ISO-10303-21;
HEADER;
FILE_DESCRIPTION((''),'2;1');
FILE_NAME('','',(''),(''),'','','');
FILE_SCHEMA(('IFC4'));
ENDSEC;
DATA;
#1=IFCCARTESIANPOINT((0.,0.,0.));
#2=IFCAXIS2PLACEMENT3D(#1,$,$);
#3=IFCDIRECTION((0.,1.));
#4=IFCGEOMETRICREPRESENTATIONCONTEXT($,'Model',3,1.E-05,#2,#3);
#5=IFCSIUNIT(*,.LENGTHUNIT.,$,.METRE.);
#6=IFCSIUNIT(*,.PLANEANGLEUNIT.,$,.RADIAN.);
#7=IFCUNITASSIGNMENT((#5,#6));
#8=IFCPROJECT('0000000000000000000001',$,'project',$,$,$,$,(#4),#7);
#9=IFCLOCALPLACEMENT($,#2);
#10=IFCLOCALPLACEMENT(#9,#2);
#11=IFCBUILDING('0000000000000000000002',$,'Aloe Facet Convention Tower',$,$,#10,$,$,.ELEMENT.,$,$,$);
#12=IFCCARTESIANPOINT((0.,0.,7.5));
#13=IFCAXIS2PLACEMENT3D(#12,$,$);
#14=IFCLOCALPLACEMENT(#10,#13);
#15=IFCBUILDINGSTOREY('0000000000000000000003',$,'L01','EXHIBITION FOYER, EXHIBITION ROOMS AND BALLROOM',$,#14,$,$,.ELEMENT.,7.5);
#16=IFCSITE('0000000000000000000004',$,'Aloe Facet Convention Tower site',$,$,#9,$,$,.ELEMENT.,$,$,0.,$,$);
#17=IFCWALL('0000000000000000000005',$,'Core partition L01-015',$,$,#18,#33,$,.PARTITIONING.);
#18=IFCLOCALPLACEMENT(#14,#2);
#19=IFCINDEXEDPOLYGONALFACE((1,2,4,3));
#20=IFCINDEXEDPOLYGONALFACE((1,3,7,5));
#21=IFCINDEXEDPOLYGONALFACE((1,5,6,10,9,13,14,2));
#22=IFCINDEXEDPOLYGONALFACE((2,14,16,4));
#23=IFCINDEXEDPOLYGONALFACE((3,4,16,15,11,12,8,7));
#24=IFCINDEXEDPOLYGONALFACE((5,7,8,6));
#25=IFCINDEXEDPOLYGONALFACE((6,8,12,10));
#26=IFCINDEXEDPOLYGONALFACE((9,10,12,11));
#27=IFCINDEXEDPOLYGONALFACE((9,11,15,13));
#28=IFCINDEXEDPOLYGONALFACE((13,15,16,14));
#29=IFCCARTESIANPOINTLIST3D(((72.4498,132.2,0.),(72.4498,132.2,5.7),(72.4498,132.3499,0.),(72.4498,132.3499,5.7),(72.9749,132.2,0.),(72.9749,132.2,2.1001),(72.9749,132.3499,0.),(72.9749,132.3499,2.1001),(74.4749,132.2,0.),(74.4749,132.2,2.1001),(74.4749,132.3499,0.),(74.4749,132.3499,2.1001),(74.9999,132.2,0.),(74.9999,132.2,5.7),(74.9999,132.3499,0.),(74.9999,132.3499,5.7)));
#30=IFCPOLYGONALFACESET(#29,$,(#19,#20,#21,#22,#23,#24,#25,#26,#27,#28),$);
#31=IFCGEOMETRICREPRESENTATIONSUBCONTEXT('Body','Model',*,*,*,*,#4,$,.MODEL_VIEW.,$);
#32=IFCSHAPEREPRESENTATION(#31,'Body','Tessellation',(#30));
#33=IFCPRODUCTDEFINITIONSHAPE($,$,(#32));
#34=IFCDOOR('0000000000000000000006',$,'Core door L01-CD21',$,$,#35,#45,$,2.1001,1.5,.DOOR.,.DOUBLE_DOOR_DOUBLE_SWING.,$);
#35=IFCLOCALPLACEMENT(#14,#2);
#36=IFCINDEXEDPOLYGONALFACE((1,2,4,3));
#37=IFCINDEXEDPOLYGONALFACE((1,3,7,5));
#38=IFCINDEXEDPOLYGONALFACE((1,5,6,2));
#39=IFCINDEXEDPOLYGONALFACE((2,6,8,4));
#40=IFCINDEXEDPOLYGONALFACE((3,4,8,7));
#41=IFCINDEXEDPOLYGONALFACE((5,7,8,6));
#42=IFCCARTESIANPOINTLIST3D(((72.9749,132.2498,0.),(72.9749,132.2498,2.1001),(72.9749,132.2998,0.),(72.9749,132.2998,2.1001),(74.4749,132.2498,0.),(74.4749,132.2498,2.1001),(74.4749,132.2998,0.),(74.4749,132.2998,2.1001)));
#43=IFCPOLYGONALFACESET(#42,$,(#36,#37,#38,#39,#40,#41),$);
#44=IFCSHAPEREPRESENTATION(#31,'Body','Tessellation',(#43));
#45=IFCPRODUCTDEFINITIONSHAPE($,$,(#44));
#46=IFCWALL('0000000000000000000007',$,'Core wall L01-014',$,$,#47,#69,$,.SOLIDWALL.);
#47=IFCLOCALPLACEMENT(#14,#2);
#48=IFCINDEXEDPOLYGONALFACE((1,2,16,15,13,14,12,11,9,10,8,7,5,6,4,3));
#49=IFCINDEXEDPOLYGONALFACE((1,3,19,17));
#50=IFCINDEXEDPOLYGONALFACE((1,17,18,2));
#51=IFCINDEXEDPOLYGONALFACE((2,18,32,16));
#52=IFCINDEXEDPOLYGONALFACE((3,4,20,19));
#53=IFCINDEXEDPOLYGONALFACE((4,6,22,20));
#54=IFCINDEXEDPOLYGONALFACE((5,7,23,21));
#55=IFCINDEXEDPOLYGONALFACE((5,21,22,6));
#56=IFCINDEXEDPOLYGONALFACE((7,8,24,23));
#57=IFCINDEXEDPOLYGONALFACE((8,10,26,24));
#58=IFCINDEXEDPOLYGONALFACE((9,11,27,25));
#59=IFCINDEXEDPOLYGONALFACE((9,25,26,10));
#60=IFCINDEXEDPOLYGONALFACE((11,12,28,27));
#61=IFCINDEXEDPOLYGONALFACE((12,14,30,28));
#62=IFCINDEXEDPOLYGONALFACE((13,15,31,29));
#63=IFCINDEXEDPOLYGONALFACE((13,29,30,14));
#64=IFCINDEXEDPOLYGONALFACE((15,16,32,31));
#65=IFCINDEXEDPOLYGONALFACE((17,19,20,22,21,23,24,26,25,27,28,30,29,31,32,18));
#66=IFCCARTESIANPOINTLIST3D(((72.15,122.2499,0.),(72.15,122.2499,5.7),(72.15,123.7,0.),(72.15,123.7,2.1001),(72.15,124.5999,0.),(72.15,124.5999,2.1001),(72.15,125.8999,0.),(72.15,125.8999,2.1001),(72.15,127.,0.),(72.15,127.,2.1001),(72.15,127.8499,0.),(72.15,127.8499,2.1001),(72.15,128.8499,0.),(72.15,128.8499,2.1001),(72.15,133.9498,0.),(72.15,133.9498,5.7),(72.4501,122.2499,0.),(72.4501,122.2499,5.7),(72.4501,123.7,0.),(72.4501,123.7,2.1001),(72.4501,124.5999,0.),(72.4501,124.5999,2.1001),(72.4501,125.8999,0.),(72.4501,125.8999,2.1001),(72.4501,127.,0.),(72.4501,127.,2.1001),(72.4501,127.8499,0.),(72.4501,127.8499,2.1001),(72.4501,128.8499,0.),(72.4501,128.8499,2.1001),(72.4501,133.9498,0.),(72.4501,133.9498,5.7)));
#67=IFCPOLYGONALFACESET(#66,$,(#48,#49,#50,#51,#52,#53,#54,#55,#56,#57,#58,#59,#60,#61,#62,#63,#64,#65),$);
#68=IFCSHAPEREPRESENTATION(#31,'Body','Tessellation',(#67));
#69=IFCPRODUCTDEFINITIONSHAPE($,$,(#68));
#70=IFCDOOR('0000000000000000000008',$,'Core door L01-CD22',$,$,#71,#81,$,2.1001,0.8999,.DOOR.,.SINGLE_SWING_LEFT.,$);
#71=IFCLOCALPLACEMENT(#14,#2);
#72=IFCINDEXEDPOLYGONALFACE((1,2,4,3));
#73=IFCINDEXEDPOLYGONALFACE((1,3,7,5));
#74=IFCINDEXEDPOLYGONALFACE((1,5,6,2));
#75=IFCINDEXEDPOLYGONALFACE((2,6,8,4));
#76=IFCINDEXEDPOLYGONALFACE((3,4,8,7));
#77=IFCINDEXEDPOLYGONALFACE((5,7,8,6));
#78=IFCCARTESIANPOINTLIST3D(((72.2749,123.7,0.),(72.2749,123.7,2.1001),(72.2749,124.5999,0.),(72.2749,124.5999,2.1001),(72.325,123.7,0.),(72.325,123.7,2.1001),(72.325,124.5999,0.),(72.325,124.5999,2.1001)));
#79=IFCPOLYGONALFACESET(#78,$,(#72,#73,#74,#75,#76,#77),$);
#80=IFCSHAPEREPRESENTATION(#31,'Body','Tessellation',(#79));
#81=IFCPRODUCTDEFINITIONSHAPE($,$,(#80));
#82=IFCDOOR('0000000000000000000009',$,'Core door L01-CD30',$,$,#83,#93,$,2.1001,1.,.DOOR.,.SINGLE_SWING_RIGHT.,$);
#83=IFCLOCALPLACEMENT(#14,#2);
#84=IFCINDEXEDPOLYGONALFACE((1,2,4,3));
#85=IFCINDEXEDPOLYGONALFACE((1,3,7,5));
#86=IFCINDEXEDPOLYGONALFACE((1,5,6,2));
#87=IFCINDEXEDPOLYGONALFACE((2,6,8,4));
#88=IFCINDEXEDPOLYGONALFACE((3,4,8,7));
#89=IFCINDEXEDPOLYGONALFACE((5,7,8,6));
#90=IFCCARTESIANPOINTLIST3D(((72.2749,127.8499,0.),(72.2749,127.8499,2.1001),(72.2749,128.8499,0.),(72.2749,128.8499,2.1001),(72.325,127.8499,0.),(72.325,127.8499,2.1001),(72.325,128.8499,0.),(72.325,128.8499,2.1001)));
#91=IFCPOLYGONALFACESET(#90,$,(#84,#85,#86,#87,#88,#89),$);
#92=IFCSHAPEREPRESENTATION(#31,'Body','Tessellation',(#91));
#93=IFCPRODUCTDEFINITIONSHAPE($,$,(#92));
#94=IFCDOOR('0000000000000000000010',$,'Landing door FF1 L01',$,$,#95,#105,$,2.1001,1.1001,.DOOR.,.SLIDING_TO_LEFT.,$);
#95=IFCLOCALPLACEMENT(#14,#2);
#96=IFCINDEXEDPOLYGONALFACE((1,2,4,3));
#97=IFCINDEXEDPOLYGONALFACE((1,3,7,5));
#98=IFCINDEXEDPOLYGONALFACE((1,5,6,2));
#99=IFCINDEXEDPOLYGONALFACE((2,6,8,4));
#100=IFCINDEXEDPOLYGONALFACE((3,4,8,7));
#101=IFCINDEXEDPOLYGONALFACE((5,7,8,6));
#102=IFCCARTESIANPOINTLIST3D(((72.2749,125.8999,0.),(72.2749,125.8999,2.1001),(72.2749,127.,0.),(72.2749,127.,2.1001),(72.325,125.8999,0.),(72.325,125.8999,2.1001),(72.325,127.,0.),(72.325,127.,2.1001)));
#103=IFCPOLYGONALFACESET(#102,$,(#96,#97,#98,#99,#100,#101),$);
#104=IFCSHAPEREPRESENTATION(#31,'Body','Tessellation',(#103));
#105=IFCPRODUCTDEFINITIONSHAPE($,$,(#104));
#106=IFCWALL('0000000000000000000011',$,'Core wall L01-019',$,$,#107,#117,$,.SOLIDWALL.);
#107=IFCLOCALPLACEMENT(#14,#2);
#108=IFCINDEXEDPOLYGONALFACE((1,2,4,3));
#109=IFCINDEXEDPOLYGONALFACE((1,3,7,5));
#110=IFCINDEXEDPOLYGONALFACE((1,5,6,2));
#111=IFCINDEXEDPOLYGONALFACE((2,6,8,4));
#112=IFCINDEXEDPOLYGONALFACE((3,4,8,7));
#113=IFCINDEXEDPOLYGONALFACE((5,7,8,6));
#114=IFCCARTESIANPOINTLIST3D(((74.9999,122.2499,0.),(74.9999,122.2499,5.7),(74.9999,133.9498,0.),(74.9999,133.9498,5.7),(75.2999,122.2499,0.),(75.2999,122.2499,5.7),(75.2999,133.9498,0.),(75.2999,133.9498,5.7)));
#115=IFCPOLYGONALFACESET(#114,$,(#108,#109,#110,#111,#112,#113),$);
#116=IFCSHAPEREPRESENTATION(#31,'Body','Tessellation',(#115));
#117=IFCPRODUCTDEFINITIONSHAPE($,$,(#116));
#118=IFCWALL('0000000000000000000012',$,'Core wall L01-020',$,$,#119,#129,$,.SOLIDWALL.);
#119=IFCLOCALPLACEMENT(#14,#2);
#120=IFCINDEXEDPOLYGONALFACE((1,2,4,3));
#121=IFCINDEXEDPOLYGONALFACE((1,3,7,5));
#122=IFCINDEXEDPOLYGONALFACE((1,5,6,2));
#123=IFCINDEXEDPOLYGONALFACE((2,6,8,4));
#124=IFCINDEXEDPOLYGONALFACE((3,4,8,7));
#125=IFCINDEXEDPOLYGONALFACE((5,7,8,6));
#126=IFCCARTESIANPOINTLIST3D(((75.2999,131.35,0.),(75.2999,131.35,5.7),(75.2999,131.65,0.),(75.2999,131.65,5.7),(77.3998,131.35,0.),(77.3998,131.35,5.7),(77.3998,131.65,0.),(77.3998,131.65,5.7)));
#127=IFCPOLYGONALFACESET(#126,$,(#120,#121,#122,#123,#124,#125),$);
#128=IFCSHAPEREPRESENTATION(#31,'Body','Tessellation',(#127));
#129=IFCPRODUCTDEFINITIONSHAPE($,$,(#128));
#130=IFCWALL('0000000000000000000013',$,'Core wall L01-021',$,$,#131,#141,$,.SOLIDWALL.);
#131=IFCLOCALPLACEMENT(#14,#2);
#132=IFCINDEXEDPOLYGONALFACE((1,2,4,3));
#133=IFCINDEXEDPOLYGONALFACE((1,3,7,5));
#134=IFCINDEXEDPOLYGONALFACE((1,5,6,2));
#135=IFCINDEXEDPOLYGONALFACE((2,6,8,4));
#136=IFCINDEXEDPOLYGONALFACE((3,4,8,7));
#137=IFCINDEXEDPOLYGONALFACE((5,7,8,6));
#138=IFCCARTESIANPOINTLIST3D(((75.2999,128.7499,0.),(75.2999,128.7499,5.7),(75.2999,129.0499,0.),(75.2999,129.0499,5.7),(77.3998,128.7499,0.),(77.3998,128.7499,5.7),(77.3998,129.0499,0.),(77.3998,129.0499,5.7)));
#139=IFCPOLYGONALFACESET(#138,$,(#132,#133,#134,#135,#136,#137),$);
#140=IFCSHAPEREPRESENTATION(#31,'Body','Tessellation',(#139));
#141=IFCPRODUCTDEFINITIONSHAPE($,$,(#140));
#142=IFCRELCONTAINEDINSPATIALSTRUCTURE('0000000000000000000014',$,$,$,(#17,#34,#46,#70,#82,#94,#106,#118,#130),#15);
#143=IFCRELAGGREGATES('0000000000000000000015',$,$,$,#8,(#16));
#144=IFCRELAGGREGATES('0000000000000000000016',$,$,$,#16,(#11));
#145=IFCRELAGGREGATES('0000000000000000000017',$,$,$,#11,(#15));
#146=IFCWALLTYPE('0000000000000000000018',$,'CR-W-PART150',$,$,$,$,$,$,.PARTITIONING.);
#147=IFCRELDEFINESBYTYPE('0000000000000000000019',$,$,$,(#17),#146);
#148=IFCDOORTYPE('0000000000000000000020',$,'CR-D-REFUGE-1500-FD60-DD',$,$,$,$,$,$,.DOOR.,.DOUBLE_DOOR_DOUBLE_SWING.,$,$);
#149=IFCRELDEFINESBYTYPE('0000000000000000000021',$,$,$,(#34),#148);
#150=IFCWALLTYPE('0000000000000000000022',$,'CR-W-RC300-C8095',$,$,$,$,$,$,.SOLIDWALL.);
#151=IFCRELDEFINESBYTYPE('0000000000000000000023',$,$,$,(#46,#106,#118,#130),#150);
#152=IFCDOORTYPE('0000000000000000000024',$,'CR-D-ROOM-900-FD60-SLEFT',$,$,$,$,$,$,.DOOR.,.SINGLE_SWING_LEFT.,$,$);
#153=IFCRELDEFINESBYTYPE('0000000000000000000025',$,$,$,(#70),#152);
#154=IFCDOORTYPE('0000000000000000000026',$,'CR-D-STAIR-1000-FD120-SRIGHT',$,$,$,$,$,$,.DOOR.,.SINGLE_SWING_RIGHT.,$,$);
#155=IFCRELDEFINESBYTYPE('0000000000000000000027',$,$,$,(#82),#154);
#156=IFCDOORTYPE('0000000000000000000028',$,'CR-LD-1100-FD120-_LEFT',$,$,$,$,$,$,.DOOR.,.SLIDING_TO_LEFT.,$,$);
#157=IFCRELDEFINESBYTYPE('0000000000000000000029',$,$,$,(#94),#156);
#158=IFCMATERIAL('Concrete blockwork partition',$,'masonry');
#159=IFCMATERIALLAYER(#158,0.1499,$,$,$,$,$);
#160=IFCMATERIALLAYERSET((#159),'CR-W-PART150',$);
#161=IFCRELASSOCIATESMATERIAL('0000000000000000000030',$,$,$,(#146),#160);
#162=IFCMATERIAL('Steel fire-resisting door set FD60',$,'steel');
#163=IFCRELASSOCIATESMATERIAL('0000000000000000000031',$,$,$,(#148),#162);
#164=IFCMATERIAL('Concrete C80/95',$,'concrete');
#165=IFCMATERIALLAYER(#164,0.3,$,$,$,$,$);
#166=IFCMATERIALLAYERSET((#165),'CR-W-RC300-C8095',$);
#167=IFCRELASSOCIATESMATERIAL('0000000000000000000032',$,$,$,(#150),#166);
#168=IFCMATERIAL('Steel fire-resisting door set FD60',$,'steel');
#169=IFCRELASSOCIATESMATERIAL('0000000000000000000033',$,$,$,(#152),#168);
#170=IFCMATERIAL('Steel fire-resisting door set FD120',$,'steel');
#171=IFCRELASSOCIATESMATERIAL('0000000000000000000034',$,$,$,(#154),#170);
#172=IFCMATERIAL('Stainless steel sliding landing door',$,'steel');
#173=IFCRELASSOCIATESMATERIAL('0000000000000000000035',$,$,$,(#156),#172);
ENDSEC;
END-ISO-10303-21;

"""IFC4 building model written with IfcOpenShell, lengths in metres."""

from ifc_helpers import new_model, si_unit, direction, frame, frame_2d, origin, place, context, subcontext, project, spatial, rectangle, extrude, material, layer, layer_set, type_object, element, fill, save


model = new_model("IFC4")

# Units and contexts
model_context = context("Model", 3, precision=1e-05, world=origin(), true_north=direction((0.0, 1.0)))
body_context = subcontext(model_context, "Body", "Model", "MODEL_VIEW")
ifc_project = project(units=[si_unit("LENGTHUNIT", "METRE"), si_unit("PLANEANGLEUNIT", "RADIAN")], contexts=[model_context])

# Site, building, storey
site_placement = place(None, origin())
site = spatial("IfcSite", under=ifc_project, at=site_placement, Name="Aloe Facet Convention Tower site", CompositionType="ELEMENT", RefElevation=0.0)
building_placement = place(site_placement, origin())
building = spatial("IfcBuilding", under=site, at=building_placement, Name="Aloe Facet Convention Tower", CompositionType="ELEMENT")
storey_placement = place(building_placement, frame((0.0, 0.0, 7.5)))
storey = spatial("IfcBuildingStorey", under=building, at=storey_placement, Name="L01", Description="EXHIBITION FOYER, EXHIBITION ROOMS AND BALLROOM", CompositionType="ELEMENT", Elevation=7.5)

# Wall, opening, door
ifc_material_1 = material(Name="Concrete blockwork partition", Category="masonry")
ifc_layer_1 = layer(ifc_material_1, 0.1499)
ifc_layer_set_1 = layer_set([ifc_layer_1], Name="CR-W-PART150")
wall_type_1 = type_object("IfcWallType", Name="CR-W-PART150", PredefinedType="PARTITIONING", material=ifc_layer_set_1)
wall_1_placement = place(storey_placement, frame((72.45, 132.2749, 0.0), z_axis=(0.0, 0.0, 1.0), x_axis=(1.0, 0.0, 0.0)))
wall_1 = element("IfcWall", 1, at=wall_1_placement, inside=storey, type_object=wall_type_1, Name="Core partition L01-015", PredefinedType="PARTITIONING", context=body_context, shape_type="SweptSolid", body=[
    extrude(rectangle(XDim=2.55, YDim=0.1499, at=frame_2d((1.2749, 0.0))), origin(), (0.0, 0.0, 1.0), 5.7),
])
opening_1_placement = place(wall_1_placement, frame((0.5249, 0.0, 0.0)))
opening_1 = element("IfcOpeningElement", 2, at=opening_1_placement, cuts=wall_1, PredefinedType="OPENING", context=body_context, shape_type="SweptSolid", body=[
    extrude(rectangle(XDim=1.5, YDim=2.1001, at=frame_2d((0.75, 1.05))), frame((0.0, 0.085, 0.0), z_axis=(0.0, -1.0, 0.0), x_axis=(1.0, 0.0, 0.0)), (0.0, 0.0, 1.0), 0.1699),
])
ifc_material_2 = material(Name="Steel fire-resisting door set FD60", Category="steel")
door_type_1 = type_object("IfcDoorType", Name="CR-D-REFUGE-1500-FD60-DD", OperationType="DOUBLE_DOOR_DOUBLE_SWING", PredefinedType="DOOR", material=ifc_material_2)
door_1_placement = place(opening_1_placement, origin())
door_1 = element("IfcDoor", 3, at=door_1_placement, inside=storey, type_object=door_type_1, Name="Core door L01-CD21", OperationType="DOUBLE_DOOR_DOUBLE_SWING", OverallHeight=2.1001, OverallWidth=1.5, PredefinedType="DOOR", context=body_context, shape_type="SweptSolid", body=[
    extrude(rectangle(XDim=1.5, YDim=2.1001, at=frame_2d((0.75, 1.05))), frame((0.0, 0.0249, 0.0), z_axis=(0.0, -1.0, 0.0), x_axis=(1.0, 0.0, 0.0)), (0.0, 0.0, 1.0), 0.05),
])
fill(opening_1, door_1)

# Wall, openings, doors
ifc_material_3 = material(Name="Concrete C80/95", Category="concrete")
ifc_layer_2 = layer(ifc_material_3, 0.3)
ifc_layer_set_2 = layer_set([ifc_layer_2], Name="CR-W-RC300-C8095")
wall_type_2 = type_object("IfcWallType", Name="CR-W-RC300-C8095", PredefinedType="SOLIDWALL", material=ifc_layer_set_2)
wall_2_placement = place(storey_placement, frame((72.3, 133.95, 0.0), z_axis=(0.0, 0.0, 1.0), x_axis=(0.0, -1.0, 0.0)))
wall_2 = element("IfcWall", 4, at=wall_2_placement, inside=storey, type_object=wall_type_2, Name="Core wall L01-014", PredefinedType="SOLIDWALL", context=body_context, shape_type="SweptSolid", body=[
    extrude(rectangle(XDim=11.7, YDim=0.3, at=frame_2d((5.8501, 0.0))), origin(), (0.0, 0.0, 1.0), 5.7),
])
opening_2_placement = place(wall_2_placement, frame((6.95, 0.0, 0.0)))
opening_2 = element("IfcOpeningElement", 5, at=opening_2_placement, cuts=wall_2, PredefinedType="OPENING", context=body_context, shape_type="SweptSolid", body=[
    extrude(rectangle(XDim=1.1001, YDim=2.1001, at=frame_2d((0.55, 1.05))), frame((0.0, 0.1602, 0.0), z_axis=(0.0, -1.0, 0.0), x_axis=(1.0, 0.0, 0.0)), (0.0, 0.0, 1.0), 0.3201),
])
opening_3_placement = place(wall_2_placement, frame((9.3501, 0.0, 0.0)))
opening_3 = element("IfcOpeningElement", 6, at=opening_3_placement, cuts=wall_2, PredefinedType="OPENING", context=body_context, shape_type="SweptSolid", body=[
    extrude(rectangle(XDim=0.8999, YDim=2.1001, at=frame_2d((0.45, 1.05))), frame((0.0, 0.1602, 0.0), z_axis=(0.0, -1.0, 0.0), x_axis=(1.0, 0.0, 0.0)), (0.0, 0.0, 1.0), 0.3201),
])
opening_4_placement = place(wall_2_placement, frame((5.1001, 0.0, 0.0)))
opening_4 = element("IfcOpeningElement", 7, at=opening_4_placement, cuts=wall_2, PredefinedType="OPENING", context=body_context, shape_type="SweptSolid", body=[
    extrude(rectangle(XDim=1.0, YDim=2.1001, at=frame_2d((0.5, 1.05))), frame((0.0, 0.1602, 0.0), z_axis=(0.0, -1.0, 0.0), x_axis=(1.0, 0.0, 0.0)), (0.0, 0.0, 1.0), 0.3201),
])
ifc_material_4 = material(Name="Steel fire-resisting door set FD60", Category="steel")
door_type_2 = type_object("IfcDoorType", Name="CR-D-ROOM-900-FD60-SLEFT", OperationType="SINGLE_SWING_LEFT", PredefinedType="DOOR", material=ifc_material_4)
door_2_placement = place(opening_3_placement, origin())
door_2 = element("IfcDoor", 8, at=door_2_placement, inside=storey, type_object=door_type_2, Name="Core door L01-CD22", OperationType="SINGLE_SWING_LEFT", OverallHeight=2.1001, OverallWidth=0.8999, PredefinedType="DOOR", context=body_context, shape_type="SweptSolid", body=[
    extrude(rectangle(XDim=0.8999, YDim=2.1001, at=frame_2d((0.45, 1.05))), frame((0.0, 0.0249, 0.0), z_axis=(0.0, -1.0, 0.0), x_axis=(1.0, 0.0, 0.0)), (0.0, 0.0, 1.0), 0.05),
])
fill(opening_3, door_2)
ifc_material_5 = material(Name="Steel fire-resisting door set FD120", Category="steel")
door_type_3 = type_object("IfcDoorType", Name="CR-D-STAIR-1000-FD120-SRIGHT", OperationType="SINGLE_SWING_RIGHT", PredefinedType="DOOR", material=ifc_material_5)
door_3_placement = place(opening_4_placement, origin())
door_3 = element("IfcDoor", 9, at=door_3_placement, inside=storey, type_object=door_type_3, Name="Core door L01-CD30", OperationType="SINGLE_SWING_RIGHT", OverallHeight=2.1001, OverallWidth=1.0, PredefinedType="DOOR", context=body_context, shape_type="SweptSolid", body=[
    extrude(rectangle(XDim=1.0, YDim=2.1001, at=frame_2d((0.5, 1.05))), frame((0.0, 0.0249, 0.0), z_axis=(0.0, -1.0, 0.0), x_axis=(1.0, 0.0, 0.0)), (0.0, 0.0, 1.0), 0.05),
])
fill(opening_4, door_3)
ifc_material_6 = material(Name="Stainless steel sliding landing door", Category="steel")
door_type_4 = type_object("IfcDoorType", Name="CR-LD-1100-FD120-_LEFT", OperationType="SLIDING_TO_LEFT", PredefinedType="DOOR", material=ifc_material_6)
door_4_placement = place(opening_2_placement, origin())
door_4 = element("IfcDoor", 10, at=door_4_placement, inside=storey, type_object=door_type_4, Name="Landing door FF1 L01", OperationType="SLIDING_TO_LEFT", OverallHeight=2.1001, OverallWidth=1.1001, PredefinedType="DOOR", context=body_context, shape_type="SweptSolid", body=[
    extrude(rectangle(XDim=1.1001, YDim=2.1001, at=frame_2d((0.55, 1.05))), frame((0.0, 0.0249, 0.0), z_axis=(0.0, -1.0, 0.0), x_axis=(1.0, 0.0, 0.0)), (0.0, 0.0, 1.0), 0.05),
])
fill(opening_2, door_4)

# Walls
wall_3_placement = place(storey_placement, frame((75.1499, 133.95, 0.0), z_axis=(0.0, 0.0, 1.0), x_axis=(0.0, -1.0, 0.0)))
element("IfcWall", 11, at=wall_3_placement, inside=storey, type_object=wall_type_2, Name="Core wall L01-019", PredefinedType="SOLIDWALL", context=body_context, shape_type="SweptSolid", body=[
    extrude(rectangle(XDim=11.7, YDim=0.3, at=frame_2d((5.8501, 0.0))), origin(), (0.0, 0.0, 1.0), 5.7),
])
for number, where, z_axis, x_axis, name in (
    (12, (75.3, 131.5, 0.0), (0.0, 0.0, 1.0), (1.0, 0.0, 0.0), "Core wall L01-020"),
    (13, (75.3, 128.8999, 0.0), (0.0, 0.0, 1.0), (1.0, 0.0, 0.0), "Core wall L01-021"),
):
    element("IfcWall", number, at=place(storey_placement, frame(where, z_axis=z_axis, x_axis=x_axis)), inside=storey, type_object=wall_type_2, Name=name, PredefinedType="SOLIDWALL", context=body_context, shape_type="SweptSolid", body=[
        extrude(rectangle(XDim=2.0999, YDim=0.3, at=frame_2d((1.0498, 0.0))), origin(), (0.0, 0.0, 1.0), 5.7),
    ])

save(model, "model.ifc")
